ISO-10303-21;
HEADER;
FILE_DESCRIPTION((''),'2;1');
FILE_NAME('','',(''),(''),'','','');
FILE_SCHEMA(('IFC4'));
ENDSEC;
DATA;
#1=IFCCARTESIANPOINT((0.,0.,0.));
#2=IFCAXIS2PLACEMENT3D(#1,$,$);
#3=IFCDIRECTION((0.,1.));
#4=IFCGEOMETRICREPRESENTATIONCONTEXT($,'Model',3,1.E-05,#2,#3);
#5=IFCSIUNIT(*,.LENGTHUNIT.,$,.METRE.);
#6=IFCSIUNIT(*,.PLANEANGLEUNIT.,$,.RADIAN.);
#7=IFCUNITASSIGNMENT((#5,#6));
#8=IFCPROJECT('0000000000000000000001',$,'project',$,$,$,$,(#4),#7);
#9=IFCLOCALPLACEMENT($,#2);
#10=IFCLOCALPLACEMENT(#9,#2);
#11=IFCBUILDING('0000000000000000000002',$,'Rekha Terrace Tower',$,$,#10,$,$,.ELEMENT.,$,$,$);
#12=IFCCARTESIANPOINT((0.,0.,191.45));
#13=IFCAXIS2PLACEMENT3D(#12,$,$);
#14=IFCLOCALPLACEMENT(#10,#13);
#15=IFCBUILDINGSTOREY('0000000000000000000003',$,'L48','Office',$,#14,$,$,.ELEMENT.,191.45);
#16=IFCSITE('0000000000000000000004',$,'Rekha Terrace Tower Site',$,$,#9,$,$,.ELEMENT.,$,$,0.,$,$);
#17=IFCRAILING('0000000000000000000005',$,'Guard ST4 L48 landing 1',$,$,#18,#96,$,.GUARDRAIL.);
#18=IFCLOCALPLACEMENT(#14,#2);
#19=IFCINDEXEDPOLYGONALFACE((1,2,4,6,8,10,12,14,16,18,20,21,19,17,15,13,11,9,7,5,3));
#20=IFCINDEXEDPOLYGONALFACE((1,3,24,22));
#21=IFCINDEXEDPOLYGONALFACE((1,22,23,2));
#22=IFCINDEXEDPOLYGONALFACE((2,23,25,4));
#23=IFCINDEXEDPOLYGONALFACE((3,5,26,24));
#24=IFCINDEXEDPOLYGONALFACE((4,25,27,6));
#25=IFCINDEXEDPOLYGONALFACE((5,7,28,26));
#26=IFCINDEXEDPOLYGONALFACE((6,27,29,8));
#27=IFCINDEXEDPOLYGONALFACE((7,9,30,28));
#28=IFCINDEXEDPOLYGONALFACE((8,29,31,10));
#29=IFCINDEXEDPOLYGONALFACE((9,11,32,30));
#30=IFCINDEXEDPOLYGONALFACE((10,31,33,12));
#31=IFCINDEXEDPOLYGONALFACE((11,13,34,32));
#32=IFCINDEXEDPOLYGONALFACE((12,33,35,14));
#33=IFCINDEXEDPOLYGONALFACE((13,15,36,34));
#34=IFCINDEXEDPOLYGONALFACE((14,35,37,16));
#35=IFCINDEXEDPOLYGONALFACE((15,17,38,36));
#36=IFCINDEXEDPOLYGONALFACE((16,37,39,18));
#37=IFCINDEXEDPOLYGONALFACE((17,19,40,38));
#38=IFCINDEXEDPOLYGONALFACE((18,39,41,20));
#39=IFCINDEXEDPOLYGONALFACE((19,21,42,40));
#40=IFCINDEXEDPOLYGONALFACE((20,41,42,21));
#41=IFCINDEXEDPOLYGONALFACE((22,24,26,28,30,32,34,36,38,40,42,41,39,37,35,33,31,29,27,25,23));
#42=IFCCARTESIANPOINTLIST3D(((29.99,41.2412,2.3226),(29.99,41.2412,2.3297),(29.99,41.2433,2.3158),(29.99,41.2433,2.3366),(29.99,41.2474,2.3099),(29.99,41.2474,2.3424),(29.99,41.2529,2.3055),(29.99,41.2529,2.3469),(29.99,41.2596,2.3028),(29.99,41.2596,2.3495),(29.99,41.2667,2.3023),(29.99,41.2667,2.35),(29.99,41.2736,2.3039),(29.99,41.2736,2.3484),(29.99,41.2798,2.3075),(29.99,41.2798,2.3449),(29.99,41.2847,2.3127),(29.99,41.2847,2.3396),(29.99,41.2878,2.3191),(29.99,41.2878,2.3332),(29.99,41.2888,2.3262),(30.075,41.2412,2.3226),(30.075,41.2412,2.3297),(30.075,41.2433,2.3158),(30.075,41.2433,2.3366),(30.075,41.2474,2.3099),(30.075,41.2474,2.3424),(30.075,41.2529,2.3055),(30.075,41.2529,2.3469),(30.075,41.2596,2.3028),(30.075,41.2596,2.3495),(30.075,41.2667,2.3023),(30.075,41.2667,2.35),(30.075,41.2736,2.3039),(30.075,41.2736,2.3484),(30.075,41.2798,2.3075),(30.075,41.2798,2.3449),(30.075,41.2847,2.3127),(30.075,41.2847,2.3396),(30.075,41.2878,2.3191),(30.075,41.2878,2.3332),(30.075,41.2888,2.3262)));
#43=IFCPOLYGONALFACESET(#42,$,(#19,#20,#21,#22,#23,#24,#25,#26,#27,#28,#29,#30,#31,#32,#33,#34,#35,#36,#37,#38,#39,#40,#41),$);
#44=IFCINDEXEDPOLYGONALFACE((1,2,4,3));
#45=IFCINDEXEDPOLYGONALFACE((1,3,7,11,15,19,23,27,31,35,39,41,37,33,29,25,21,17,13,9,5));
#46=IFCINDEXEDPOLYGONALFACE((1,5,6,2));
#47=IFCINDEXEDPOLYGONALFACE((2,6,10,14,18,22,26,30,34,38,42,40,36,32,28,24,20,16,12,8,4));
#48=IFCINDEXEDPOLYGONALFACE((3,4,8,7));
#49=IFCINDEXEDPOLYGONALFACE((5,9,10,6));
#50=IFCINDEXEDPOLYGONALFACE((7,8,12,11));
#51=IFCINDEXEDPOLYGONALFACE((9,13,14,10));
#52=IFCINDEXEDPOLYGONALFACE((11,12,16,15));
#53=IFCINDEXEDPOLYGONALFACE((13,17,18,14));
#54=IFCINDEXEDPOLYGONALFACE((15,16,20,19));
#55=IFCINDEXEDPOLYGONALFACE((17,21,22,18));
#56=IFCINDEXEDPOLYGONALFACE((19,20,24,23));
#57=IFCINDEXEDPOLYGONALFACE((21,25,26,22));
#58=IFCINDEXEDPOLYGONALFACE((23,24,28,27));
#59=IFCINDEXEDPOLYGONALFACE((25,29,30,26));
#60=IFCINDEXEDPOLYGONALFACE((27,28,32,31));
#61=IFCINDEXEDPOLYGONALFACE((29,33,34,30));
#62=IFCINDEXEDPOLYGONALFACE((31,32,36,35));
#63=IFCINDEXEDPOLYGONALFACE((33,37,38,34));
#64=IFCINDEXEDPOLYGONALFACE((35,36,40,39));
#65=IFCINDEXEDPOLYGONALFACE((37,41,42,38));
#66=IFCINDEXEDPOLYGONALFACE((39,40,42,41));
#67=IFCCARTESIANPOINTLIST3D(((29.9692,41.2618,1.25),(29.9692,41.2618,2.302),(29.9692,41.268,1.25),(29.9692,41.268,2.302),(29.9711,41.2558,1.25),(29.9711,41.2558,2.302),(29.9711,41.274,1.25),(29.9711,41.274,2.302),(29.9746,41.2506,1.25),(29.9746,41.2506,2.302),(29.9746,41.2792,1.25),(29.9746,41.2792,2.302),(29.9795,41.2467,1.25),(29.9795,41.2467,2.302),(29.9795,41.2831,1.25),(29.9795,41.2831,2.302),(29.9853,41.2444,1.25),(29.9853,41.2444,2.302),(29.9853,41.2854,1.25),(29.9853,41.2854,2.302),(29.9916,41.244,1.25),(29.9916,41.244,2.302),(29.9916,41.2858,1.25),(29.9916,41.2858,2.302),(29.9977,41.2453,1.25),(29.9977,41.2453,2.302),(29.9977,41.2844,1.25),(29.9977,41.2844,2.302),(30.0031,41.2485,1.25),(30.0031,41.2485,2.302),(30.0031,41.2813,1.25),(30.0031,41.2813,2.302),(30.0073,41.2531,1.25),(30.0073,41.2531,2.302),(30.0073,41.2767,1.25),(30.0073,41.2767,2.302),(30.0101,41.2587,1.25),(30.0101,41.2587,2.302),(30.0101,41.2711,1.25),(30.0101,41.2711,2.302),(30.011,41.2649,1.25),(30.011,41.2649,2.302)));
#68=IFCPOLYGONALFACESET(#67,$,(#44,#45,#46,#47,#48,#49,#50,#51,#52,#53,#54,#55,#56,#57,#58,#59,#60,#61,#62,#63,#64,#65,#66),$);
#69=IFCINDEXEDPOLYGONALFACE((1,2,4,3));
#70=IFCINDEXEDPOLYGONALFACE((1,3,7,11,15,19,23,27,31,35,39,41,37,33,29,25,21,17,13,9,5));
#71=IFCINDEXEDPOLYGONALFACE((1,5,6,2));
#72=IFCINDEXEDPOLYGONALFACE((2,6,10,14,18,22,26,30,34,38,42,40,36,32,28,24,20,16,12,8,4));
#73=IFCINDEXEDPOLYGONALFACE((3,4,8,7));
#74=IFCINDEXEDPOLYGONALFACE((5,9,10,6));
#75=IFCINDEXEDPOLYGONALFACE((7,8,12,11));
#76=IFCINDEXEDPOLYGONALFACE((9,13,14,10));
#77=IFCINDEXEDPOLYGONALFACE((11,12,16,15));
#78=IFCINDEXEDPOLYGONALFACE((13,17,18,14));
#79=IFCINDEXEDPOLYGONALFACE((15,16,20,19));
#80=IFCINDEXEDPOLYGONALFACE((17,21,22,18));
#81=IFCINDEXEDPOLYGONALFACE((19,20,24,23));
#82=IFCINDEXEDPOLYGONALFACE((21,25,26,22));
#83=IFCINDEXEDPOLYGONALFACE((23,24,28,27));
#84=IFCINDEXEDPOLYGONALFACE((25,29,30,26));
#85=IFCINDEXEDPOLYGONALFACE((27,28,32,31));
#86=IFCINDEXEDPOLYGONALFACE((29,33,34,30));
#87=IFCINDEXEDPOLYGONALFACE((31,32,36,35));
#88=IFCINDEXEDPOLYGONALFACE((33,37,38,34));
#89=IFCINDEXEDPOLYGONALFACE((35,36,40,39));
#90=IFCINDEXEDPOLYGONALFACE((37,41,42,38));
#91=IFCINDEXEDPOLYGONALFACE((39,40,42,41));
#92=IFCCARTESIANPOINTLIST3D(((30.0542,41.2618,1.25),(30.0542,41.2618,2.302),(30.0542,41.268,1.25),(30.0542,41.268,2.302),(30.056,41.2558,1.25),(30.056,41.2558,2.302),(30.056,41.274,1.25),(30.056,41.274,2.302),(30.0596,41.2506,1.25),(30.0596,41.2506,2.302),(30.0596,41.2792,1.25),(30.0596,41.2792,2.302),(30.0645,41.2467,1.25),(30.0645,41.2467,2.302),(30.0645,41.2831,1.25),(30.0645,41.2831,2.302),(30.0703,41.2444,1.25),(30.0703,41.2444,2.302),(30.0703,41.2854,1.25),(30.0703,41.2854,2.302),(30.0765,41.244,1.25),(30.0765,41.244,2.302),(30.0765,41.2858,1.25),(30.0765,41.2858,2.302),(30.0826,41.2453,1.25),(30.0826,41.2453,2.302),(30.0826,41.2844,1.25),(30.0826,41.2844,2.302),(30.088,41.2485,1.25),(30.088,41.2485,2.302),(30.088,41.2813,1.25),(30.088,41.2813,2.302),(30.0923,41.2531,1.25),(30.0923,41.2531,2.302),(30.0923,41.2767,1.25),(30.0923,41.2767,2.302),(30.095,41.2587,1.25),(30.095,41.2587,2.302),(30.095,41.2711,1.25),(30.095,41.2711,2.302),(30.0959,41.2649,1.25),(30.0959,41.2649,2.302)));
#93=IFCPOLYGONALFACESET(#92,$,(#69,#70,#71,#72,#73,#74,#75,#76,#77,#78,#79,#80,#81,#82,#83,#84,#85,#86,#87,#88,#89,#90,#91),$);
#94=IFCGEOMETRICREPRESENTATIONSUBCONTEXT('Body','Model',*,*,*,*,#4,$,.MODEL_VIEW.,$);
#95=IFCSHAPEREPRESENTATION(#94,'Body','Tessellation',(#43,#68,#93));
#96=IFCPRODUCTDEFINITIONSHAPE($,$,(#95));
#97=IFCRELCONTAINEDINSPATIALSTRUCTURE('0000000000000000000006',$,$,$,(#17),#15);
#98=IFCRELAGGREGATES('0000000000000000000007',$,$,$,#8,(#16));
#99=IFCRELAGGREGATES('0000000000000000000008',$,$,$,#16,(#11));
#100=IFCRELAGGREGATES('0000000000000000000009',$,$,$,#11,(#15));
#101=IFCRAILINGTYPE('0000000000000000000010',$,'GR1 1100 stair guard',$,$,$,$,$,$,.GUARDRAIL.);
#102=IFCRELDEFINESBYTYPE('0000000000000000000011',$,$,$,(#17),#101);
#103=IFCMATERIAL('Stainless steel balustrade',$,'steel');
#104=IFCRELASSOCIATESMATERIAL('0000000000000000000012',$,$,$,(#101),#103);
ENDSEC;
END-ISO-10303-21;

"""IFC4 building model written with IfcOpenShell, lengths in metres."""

from ifc_helpers import new_model, si_unit, direction, frame, origin, origin_2d, place, context, subcontext, project, spatial, circle, extrude, material, type_object, element, save


model = new_model("IFC4")

# Units and contexts
model_context = context("Model", 3, precision=1e-05, world=origin(), true_north=direction((0.0, 1.0)))
body_context = subcontext(model_context, "Body", "Model", "MODEL_VIEW")
ifc_project = project(units=[si_unit("LENGTHUNIT", "METRE"), si_unit("PLANEANGLEUNIT", "RADIAN")], contexts=[model_context])

# Site, building, storey
site_placement = place(None, origin())
site = spatial("IfcSite", under=ifc_project, at=site_placement, Name="Rekha Terrace Tower Site", CompositionType="ELEMENT", RefElevation=0.0)
building_placement = place(site_placement, origin())
building = spatial("IfcBuilding", under=site, at=building_placement, Name="Rekha Terrace Tower", CompositionType="ELEMENT")
storey_placement = place(building_placement, frame((0.0, 0.0, 191.45)))
storey = spatial("IfcBuildingStorey", under=building, at=storey_placement, Name="L48", Description="Office", CompositionType="ELEMENT", Elevation=191.45)

# Railing
ifc_material_1 = material(Name="Stainless steel balustrade", Category="steel")
railing_type_1 = type_object("IfcRailingType", Name="GR1 1100 stair guard", PredefinedType="GUARDRAIL", material=ifc_material_1)
railing_1_placement = place(storey_placement, frame((29.99, 41.2649, 1.25)))
element("IfcRailing", 1, at=railing_1_placement, inside=storey, type_object=railing_type_1, Name="Guard ST4 L48 landing 1", PredefinedType="GUARDRAIL", context=body_context, shape_type="SweptSolid", body=[
    extrude(circle(Radius=0.0239, at=origin_2d()), frame((0.0, 0.0, 1.0762), z_axis=(1.0, 0.0, 0.0), x_axis=(0.0, 1.0, 0.0)), (0.0, 0.0, 1.0), 0.085),
    extrude(circle(Radius=0.021, at=origin_2d()), origin(), (0.0, 0.0, 1.0), 1.052),
    extrude(circle(Radius=0.021, at=origin_2d()), frame((0.085, 0.0, 0.0)), (0.0, 0.0, 1.0), 1.052),
])

save(model, "model.ifc")
